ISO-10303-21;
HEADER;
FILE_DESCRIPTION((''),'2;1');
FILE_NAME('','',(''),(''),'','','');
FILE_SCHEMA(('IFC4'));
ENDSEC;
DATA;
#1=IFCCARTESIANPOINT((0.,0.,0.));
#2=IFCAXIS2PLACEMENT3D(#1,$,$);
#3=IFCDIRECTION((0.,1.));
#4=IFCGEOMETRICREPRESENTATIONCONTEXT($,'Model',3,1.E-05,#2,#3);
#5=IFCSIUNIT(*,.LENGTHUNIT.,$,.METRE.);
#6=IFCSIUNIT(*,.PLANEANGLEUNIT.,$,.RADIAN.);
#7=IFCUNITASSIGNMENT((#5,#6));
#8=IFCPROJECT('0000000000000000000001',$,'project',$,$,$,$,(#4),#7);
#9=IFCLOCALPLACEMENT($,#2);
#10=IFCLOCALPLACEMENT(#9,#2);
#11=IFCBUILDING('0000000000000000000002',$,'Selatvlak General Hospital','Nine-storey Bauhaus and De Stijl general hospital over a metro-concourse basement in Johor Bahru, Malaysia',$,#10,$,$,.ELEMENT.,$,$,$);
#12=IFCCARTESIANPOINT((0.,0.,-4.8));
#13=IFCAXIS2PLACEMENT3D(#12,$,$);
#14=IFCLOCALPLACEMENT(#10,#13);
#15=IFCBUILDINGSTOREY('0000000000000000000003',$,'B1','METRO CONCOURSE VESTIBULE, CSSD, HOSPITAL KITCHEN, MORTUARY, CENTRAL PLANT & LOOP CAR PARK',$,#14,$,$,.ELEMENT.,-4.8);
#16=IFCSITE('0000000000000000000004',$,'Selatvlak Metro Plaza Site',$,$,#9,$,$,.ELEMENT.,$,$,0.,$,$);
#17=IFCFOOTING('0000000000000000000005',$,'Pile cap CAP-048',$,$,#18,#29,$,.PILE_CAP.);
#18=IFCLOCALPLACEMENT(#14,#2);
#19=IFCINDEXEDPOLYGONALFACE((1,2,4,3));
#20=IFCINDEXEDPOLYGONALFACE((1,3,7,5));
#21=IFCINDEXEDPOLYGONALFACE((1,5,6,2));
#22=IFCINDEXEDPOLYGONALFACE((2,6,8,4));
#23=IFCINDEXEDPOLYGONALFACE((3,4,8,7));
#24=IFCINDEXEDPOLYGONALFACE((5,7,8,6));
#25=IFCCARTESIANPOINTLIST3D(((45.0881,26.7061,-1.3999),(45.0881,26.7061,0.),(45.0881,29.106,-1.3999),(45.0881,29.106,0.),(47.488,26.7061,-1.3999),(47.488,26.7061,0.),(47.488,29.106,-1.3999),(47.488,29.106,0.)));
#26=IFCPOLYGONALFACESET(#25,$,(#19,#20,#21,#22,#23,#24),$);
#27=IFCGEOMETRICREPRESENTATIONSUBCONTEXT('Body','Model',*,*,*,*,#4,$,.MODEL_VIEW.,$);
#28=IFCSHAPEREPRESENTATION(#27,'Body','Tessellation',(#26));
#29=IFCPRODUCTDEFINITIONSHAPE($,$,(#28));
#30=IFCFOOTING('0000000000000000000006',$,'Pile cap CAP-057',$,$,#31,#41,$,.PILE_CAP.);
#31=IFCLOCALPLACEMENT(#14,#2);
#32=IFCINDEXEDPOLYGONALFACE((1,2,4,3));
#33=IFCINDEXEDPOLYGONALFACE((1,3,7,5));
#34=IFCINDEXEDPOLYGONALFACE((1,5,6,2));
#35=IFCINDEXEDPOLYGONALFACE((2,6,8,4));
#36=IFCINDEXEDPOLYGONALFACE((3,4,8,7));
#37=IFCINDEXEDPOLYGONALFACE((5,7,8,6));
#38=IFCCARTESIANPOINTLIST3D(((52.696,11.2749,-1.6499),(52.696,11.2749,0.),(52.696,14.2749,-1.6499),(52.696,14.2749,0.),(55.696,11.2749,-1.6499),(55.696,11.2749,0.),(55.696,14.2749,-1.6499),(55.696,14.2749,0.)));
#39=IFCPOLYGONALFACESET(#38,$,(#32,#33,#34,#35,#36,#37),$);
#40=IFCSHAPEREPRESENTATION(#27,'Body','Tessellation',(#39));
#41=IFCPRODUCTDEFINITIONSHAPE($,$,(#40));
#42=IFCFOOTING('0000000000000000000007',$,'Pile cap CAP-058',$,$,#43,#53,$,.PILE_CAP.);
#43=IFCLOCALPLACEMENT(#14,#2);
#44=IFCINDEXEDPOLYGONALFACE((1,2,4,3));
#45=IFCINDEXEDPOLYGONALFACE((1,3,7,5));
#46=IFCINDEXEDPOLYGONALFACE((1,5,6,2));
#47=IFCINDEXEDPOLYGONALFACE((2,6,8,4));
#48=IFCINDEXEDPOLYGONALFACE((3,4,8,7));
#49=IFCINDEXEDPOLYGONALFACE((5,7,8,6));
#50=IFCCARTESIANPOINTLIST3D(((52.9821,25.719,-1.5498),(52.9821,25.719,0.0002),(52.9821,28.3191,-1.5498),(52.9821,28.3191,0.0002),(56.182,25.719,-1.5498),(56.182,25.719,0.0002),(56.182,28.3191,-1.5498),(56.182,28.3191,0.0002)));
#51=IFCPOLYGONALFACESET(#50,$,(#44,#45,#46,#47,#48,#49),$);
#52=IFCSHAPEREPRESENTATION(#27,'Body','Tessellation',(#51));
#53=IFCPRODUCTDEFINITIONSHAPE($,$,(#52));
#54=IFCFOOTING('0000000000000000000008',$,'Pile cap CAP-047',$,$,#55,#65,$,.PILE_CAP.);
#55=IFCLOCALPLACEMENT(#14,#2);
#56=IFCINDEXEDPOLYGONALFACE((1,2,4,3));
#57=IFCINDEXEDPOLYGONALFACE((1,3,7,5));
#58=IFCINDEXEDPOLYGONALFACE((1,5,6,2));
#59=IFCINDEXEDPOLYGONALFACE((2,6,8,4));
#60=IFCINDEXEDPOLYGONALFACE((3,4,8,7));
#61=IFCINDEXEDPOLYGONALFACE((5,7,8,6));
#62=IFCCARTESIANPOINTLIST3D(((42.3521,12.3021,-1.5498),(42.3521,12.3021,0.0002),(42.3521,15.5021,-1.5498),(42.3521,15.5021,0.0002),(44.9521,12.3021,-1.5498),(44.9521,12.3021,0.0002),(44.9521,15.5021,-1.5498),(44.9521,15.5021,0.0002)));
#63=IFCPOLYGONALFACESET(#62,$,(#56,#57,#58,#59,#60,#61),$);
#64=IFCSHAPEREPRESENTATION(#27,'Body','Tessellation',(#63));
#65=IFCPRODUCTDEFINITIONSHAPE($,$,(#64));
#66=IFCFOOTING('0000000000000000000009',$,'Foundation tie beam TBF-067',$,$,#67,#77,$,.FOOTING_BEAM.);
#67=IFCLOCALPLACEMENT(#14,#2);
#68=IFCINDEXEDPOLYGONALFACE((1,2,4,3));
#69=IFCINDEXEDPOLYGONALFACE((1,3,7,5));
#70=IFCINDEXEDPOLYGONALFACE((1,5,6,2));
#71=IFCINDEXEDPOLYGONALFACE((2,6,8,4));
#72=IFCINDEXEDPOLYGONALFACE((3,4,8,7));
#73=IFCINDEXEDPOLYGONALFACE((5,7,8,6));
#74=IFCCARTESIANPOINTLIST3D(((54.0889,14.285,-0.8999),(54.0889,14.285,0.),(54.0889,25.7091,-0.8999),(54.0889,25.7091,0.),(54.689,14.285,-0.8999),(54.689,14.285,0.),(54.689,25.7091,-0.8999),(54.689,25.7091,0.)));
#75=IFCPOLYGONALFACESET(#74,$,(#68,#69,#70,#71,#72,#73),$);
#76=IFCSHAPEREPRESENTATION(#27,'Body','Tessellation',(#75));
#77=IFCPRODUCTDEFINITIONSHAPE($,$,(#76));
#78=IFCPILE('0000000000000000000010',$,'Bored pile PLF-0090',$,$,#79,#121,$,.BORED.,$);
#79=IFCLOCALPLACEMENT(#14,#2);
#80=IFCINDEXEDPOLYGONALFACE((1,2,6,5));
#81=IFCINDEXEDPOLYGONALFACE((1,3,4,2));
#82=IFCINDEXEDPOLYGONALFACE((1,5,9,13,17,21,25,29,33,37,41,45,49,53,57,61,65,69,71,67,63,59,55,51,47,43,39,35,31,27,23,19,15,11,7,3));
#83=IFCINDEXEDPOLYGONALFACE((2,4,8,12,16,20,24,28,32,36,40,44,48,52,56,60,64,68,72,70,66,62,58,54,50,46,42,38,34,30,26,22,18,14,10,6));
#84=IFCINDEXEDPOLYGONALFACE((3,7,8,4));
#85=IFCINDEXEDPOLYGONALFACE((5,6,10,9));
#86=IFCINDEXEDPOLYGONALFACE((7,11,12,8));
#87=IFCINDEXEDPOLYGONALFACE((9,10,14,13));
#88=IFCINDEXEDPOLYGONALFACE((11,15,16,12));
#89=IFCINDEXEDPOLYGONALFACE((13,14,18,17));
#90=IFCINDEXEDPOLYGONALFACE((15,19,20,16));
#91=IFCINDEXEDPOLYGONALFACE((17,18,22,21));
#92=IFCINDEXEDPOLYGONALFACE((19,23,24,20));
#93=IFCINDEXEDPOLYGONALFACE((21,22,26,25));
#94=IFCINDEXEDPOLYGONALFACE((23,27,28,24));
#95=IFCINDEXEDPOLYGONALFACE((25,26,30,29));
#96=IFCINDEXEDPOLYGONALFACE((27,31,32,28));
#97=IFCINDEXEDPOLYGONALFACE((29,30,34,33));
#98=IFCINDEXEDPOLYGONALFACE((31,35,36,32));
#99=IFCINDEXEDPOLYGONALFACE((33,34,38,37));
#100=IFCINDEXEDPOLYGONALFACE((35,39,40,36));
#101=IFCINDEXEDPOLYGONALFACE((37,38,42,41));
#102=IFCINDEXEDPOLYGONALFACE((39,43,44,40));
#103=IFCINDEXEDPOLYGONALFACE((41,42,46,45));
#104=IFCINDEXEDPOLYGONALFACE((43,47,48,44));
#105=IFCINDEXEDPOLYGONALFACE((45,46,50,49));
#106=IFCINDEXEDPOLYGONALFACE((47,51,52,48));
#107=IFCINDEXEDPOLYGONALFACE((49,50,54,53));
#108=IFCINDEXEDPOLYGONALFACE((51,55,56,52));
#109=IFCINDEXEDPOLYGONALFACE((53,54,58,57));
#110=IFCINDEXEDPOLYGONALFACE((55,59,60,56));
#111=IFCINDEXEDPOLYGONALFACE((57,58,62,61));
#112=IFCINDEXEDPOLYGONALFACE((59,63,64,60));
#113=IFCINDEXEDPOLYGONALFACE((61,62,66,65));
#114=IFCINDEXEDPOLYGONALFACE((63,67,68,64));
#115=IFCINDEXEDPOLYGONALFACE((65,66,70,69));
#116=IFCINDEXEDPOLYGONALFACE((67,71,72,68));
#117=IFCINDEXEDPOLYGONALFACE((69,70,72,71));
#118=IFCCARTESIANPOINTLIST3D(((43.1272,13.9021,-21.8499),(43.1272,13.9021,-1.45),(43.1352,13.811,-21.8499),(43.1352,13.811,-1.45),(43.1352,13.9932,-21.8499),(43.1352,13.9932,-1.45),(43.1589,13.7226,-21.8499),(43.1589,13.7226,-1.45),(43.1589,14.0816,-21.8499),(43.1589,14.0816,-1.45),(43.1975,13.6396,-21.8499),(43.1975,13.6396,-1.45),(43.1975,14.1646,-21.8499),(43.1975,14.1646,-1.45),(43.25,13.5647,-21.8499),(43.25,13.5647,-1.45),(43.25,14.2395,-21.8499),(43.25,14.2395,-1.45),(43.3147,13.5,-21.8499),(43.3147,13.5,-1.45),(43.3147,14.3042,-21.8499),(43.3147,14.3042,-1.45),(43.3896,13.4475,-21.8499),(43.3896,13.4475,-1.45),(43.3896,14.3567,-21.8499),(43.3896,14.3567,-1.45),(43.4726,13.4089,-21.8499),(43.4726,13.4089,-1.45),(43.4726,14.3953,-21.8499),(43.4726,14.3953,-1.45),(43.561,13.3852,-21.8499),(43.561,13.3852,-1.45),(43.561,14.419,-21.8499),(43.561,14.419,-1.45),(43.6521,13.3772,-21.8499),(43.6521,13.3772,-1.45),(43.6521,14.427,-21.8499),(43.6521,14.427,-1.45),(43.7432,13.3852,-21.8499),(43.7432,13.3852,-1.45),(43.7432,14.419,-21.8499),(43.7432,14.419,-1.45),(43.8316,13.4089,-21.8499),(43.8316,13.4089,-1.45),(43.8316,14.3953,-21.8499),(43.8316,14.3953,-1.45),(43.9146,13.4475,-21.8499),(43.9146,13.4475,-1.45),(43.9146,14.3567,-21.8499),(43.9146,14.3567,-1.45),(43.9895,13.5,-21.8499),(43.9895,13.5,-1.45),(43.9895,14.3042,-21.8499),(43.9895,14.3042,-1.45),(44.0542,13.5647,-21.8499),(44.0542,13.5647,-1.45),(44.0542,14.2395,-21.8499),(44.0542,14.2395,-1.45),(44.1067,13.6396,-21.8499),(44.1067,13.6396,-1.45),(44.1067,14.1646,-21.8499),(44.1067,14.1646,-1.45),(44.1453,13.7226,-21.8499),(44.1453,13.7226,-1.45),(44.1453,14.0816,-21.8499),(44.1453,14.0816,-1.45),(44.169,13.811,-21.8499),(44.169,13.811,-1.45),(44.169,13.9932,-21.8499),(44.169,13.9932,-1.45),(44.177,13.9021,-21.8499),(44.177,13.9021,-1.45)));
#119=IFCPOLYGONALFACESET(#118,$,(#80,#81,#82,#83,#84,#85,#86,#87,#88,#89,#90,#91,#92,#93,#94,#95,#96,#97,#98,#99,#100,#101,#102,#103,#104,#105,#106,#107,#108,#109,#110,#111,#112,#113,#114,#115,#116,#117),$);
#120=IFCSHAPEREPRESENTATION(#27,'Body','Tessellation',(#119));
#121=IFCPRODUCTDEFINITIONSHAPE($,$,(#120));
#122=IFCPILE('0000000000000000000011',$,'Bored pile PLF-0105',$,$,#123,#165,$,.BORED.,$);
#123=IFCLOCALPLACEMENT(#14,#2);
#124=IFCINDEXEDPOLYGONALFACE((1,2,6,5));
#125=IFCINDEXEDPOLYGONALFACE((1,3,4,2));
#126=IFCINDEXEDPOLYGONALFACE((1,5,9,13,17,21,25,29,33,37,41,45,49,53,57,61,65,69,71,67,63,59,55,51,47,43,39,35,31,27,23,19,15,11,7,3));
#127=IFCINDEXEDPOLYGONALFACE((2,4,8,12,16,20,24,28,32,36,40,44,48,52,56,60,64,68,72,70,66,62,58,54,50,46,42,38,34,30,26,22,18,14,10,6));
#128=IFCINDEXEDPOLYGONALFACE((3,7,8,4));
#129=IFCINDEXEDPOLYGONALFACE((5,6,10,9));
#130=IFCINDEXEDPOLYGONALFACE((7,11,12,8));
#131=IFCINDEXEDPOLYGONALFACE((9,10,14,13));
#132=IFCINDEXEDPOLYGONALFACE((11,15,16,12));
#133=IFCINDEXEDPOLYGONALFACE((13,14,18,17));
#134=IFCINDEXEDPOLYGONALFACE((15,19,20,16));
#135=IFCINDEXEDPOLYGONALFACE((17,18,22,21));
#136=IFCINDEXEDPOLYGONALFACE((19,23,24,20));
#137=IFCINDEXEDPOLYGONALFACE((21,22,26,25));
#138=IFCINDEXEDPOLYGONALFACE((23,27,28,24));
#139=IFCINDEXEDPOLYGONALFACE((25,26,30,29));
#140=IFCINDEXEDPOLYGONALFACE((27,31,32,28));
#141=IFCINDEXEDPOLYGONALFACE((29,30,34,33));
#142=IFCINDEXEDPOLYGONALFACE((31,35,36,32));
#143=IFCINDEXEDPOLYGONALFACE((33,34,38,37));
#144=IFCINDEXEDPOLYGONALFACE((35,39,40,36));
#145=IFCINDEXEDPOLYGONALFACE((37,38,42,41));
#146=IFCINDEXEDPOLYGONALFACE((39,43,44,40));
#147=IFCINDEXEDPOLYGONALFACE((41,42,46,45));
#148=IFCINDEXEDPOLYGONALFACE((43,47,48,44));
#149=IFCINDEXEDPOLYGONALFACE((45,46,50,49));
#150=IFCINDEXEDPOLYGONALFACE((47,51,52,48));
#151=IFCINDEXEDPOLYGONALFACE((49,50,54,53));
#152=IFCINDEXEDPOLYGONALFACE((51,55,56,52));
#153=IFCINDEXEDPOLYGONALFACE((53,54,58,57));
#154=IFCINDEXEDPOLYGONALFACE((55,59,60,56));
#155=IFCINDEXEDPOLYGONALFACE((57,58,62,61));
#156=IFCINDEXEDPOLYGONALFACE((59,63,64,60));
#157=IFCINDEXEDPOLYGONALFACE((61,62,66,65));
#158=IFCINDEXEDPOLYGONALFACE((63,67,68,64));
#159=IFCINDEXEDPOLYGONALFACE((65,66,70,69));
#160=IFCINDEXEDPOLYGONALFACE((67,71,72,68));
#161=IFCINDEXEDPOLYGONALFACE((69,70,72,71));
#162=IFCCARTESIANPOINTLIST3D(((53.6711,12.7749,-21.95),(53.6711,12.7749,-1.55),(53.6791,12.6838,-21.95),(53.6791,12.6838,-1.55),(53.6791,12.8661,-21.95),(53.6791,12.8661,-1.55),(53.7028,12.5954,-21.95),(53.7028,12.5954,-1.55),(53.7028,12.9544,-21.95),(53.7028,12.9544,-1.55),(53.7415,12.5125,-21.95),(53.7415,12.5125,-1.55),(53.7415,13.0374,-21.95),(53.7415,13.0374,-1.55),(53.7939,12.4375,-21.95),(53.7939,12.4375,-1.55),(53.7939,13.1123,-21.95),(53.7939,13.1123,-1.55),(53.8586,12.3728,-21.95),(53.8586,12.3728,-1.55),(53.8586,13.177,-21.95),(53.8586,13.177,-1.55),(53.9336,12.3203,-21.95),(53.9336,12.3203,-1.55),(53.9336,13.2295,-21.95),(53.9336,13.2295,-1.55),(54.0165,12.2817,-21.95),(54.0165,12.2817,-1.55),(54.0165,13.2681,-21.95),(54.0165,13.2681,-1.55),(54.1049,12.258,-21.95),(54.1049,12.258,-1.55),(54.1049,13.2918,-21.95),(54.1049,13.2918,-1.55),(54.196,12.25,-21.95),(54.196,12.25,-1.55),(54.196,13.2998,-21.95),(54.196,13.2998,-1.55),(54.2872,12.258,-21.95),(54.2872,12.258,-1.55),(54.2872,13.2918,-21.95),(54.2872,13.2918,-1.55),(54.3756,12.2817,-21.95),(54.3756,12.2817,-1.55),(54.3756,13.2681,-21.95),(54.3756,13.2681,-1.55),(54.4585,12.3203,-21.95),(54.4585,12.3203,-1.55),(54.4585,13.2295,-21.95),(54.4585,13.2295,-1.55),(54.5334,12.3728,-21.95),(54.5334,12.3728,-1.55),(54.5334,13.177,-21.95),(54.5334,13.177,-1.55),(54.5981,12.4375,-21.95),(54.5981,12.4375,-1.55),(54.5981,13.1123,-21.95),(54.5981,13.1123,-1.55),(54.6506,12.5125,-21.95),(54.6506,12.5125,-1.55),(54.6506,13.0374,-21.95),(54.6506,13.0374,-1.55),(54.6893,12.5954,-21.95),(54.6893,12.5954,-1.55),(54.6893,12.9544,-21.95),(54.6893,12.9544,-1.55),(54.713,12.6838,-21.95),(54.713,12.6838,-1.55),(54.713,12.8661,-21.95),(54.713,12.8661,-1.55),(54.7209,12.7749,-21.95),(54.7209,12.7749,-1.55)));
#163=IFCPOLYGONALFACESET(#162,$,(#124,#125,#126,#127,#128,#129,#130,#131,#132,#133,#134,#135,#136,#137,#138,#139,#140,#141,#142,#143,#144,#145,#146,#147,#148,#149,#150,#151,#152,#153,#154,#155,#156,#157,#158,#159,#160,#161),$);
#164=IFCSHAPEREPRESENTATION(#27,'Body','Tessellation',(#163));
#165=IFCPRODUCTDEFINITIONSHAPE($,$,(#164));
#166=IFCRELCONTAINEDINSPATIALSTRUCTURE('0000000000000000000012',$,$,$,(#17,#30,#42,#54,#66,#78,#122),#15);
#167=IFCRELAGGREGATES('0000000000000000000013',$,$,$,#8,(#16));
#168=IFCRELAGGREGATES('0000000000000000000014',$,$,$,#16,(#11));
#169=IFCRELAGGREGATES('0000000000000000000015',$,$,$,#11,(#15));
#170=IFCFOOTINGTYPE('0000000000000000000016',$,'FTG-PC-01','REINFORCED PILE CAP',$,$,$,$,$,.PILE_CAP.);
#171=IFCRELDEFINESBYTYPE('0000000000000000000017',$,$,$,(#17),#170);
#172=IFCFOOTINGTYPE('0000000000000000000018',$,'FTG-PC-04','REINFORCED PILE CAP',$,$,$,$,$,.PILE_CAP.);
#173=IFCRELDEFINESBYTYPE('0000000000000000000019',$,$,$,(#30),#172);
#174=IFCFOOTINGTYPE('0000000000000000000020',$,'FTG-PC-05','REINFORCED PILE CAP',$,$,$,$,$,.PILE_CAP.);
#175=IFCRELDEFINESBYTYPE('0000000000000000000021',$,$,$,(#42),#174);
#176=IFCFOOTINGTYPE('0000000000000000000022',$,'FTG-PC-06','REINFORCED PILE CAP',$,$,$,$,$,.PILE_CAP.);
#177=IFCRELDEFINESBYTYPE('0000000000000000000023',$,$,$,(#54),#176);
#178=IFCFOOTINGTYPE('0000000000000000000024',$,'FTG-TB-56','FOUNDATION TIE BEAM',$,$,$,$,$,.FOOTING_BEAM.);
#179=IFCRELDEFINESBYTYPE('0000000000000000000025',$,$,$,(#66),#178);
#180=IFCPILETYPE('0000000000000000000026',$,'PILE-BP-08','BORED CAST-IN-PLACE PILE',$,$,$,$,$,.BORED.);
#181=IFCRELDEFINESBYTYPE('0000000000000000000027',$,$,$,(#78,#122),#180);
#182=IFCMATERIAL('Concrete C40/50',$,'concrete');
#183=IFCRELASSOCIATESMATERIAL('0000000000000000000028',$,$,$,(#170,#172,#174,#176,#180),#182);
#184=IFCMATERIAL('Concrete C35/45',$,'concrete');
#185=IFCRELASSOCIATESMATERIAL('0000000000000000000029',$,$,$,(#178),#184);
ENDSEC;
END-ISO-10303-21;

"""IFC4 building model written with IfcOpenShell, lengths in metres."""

from ifc_helpers import new_model, si_unit, direction, frame, origin, origin_2d, place, context, subcontext, project, spatial, rectangle, circle, extrude, material, material_profile, profile_set, type_object, element, save


model = new_model("IFC4")

# Units and contexts
model_context = context("Model", 3, precision=1e-05, world=origin(), true_north=direction((0.0, 1.0)))
body_context = subcontext(model_context, "Body", "Model", "MODEL_VIEW")
ifc_project = project(units=[si_unit("LENGTHUNIT", "METRE"), si_unit("PLANEANGLEUNIT", "RADIAN")], contexts=[model_context])

# Site, building, storey
site_placement = place(None, origin())
site = spatial("IfcSite", under=ifc_project, at=site_placement, Name="Selatvlak Metro Plaza Site", CompositionType="ELEMENT", RefElevation=0.0)
building_placement = place(site_placement, origin())
building = spatial("IfcBuilding", under=site, at=building_placement, Name="Selatvlak General Hospital", Description="Nine-storey Bauhaus and De Stijl general hospital over a metro-concourse basement in Johor Bahru, Malaysia", CompositionType="ELEMENT")
storey_placement = place(building_placement, frame((0.0, 0.0, -4.8)))
storey = spatial("IfcBuildingStorey", under=building, at=storey_placement, Name="B1", Description="METRO CONCOURSE VESTIBULE, CSSD, HOSPITAL KITCHEN, MORTUARY, CENTRAL PLANT & LOOP CAR PARK", CompositionType="ELEMENT", Elevation=-4.8)

# Footings
ifc_material_1 = material(Name="Concrete C40/50", Category="concrete")
footing_type_1 = type_object("IfcFootingType", Name="FTG-PC-01", Description="REINFORCED PILE CAP", PredefinedType="PILE_CAP", material=ifc_material_1)
footing_1_placement = place(storey_placement, frame((46.2881, 27.906, -1.3999), z_axis=(0.0, 0.0, 1.0), x_axis=(1.0, 0.0, 0.0)))
element("IfcFooting", 1, at=footing_1_placement, inside=storey, type_object=footing_type_1, Name="Pile cap CAP-048", PredefinedType="PILE_CAP", context=body_context, shape_type="SweptSolid", body=[
    extrude(rectangle(XDim=2.3999, YDim=2.3999, at=origin_2d()), origin(), (0.0, 0.0, 1.0), 1.3999),
])
footing_type_2 = type_object("IfcFootingType", Name="FTG-PC-04", Description="REINFORCED PILE CAP", PredefinedType="PILE_CAP", material=ifc_material_1)
footing_2_placement = place(storey_placement, frame((54.196, 12.7749, -1.6499), z_axis=(0.0, 0.0, 1.0), x_axis=(1.0, 0.0, 0.0)))
element("IfcFooting", 2, at=footing_2_placement, inside=storey, type_object=footing_type_2, Name="Pile cap CAP-057", PredefinedType="PILE_CAP", context=body_context, shape_type="SweptSolid", body=[
    extrude(rectangle(XDim=3.0, YDim=3.0, at=origin_2d()), origin(), (0.0, 0.0, 1.0), 1.6499),
])
footing_type_3 = type_object("IfcFootingType", Name="FTG-PC-05", Description="REINFORCED PILE CAP", PredefinedType="PILE_CAP", material=ifc_material_1)
footing_3_placement = place(storey_placement, frame((54.582, 27.019, -1.5498), z_axis=(0.0, 0.0, 1.0), x_axis=(1.0, 0.0, 0.0)))
element("IfcFooting", 3, at=footing_3_placement, inside=storey, type_object=footing_type_3, Name="Pile cap CAP-058", PredefinedType="PILE_CAP", context=body_context, shape_type="SweptSolid", body=[
    extrude(rectangle(XDim=3.2, YDim=2.6001, at=origin_2d()), origin(), (0.0, 0.0, 1.0), 1.55),
])
footing_type_4 = type_object("IfcFootingType", Name="FTG-PC-06", Description="REINFORCED PILE CAP", PredefinedType="PILE_CAP", material=ifc_material_1)
footing_4_placement = place(storey_placement, frame((43.6521, 13.9021, -1.5498), z_axis=(0.0, 0.0, 1.0), x_axis=(1.0, 0.0, 0.0)))
element("IfcFooting", 4, at=footing_4_placement, inside=storey, type_object=footing_type_4, Name="Pile cap CAP-047", PredefinedType="PILE_CAP", context=body_context, shape_type="SweptSolid", body=[
    extrude(rectangle(XDim=2.6001, YDim=3.2, at=origin_2d()), origin(), (0.0, 0.0, 1.0), 1.55),
])
ifc_material_2 = material(Name="Concrete C35/45", Category="concrete")
footing_type_5 = type_object("IfcFootingType", Name="FTG-TB-56", Description="FOUNDATION TIE BEAM", PredefinedType="FOOTING_BEAM", material=ifc_material_2)
footing_5_placement = place(storey_placement, frame((54.3889, 19.9971, -0.8999), z_axis=(0.0, 0.0, 1.0), x_axis=(0.0, 1.0, 0.0)))
element("IfcFooting", 5, at=footing_5_placement, inside=storey, type_object=footing_type_5, Name="Foundation tie beam TBF-067", PredefinedType="FOOTING_BEAM", context=body_context, shape_type="SweptSolid", body=[
    extrude(rectangle(XDim=11.4241, YDim=0.6001, at=origin_2d()), origin(), (0.0, 0.0, 1.0), 0.8999),
])

# Piles
ifc_material_profile_1 = material_profile(ifc_material_1, circle(Radius=0.5249, at=origin_2d()), Name="BORED PILE 1050")
ifc_profile_set_1 = profile_set([ifc_material_profile_1], Name="Concrete C40/50")
pile_type_1 = type_object("IfcPileType", Name="PILE-BP-08", Description="BORED CAST-IN-PLACE PILE", PredefinedType="BORED", material=ifc_profile_set_1)
for number, where, z_axis, x_axis, name in (
    (6, (43.6521, 13.9021, -1.45), (0.0, 0.0, -1.0), (1.0, 0.0, 0.0), "Bored pile PLF-0090"),
    (7, (54.196, 12.7749, -1.55), (0.0, 0.0, -1.0), (1.0, 0.0, 0.0), "Bored pile PLF-0105"),
):
    element("IfcPile", number, at=place(storey_placement, frame(where, z_axis=z_axis, x_axis=x_axis)), inside=storey, type_object=pile_type_1, Name=name, PredefinedType="BORED", context=body_context, shape_type="SweptSolid", body=[
        extrude(circle(Radius=0.5249, at=origin_2d()), origin(), (0.0, 0.0, 1.0), 20.3999),
    ])

save(model, "model.ifc")
